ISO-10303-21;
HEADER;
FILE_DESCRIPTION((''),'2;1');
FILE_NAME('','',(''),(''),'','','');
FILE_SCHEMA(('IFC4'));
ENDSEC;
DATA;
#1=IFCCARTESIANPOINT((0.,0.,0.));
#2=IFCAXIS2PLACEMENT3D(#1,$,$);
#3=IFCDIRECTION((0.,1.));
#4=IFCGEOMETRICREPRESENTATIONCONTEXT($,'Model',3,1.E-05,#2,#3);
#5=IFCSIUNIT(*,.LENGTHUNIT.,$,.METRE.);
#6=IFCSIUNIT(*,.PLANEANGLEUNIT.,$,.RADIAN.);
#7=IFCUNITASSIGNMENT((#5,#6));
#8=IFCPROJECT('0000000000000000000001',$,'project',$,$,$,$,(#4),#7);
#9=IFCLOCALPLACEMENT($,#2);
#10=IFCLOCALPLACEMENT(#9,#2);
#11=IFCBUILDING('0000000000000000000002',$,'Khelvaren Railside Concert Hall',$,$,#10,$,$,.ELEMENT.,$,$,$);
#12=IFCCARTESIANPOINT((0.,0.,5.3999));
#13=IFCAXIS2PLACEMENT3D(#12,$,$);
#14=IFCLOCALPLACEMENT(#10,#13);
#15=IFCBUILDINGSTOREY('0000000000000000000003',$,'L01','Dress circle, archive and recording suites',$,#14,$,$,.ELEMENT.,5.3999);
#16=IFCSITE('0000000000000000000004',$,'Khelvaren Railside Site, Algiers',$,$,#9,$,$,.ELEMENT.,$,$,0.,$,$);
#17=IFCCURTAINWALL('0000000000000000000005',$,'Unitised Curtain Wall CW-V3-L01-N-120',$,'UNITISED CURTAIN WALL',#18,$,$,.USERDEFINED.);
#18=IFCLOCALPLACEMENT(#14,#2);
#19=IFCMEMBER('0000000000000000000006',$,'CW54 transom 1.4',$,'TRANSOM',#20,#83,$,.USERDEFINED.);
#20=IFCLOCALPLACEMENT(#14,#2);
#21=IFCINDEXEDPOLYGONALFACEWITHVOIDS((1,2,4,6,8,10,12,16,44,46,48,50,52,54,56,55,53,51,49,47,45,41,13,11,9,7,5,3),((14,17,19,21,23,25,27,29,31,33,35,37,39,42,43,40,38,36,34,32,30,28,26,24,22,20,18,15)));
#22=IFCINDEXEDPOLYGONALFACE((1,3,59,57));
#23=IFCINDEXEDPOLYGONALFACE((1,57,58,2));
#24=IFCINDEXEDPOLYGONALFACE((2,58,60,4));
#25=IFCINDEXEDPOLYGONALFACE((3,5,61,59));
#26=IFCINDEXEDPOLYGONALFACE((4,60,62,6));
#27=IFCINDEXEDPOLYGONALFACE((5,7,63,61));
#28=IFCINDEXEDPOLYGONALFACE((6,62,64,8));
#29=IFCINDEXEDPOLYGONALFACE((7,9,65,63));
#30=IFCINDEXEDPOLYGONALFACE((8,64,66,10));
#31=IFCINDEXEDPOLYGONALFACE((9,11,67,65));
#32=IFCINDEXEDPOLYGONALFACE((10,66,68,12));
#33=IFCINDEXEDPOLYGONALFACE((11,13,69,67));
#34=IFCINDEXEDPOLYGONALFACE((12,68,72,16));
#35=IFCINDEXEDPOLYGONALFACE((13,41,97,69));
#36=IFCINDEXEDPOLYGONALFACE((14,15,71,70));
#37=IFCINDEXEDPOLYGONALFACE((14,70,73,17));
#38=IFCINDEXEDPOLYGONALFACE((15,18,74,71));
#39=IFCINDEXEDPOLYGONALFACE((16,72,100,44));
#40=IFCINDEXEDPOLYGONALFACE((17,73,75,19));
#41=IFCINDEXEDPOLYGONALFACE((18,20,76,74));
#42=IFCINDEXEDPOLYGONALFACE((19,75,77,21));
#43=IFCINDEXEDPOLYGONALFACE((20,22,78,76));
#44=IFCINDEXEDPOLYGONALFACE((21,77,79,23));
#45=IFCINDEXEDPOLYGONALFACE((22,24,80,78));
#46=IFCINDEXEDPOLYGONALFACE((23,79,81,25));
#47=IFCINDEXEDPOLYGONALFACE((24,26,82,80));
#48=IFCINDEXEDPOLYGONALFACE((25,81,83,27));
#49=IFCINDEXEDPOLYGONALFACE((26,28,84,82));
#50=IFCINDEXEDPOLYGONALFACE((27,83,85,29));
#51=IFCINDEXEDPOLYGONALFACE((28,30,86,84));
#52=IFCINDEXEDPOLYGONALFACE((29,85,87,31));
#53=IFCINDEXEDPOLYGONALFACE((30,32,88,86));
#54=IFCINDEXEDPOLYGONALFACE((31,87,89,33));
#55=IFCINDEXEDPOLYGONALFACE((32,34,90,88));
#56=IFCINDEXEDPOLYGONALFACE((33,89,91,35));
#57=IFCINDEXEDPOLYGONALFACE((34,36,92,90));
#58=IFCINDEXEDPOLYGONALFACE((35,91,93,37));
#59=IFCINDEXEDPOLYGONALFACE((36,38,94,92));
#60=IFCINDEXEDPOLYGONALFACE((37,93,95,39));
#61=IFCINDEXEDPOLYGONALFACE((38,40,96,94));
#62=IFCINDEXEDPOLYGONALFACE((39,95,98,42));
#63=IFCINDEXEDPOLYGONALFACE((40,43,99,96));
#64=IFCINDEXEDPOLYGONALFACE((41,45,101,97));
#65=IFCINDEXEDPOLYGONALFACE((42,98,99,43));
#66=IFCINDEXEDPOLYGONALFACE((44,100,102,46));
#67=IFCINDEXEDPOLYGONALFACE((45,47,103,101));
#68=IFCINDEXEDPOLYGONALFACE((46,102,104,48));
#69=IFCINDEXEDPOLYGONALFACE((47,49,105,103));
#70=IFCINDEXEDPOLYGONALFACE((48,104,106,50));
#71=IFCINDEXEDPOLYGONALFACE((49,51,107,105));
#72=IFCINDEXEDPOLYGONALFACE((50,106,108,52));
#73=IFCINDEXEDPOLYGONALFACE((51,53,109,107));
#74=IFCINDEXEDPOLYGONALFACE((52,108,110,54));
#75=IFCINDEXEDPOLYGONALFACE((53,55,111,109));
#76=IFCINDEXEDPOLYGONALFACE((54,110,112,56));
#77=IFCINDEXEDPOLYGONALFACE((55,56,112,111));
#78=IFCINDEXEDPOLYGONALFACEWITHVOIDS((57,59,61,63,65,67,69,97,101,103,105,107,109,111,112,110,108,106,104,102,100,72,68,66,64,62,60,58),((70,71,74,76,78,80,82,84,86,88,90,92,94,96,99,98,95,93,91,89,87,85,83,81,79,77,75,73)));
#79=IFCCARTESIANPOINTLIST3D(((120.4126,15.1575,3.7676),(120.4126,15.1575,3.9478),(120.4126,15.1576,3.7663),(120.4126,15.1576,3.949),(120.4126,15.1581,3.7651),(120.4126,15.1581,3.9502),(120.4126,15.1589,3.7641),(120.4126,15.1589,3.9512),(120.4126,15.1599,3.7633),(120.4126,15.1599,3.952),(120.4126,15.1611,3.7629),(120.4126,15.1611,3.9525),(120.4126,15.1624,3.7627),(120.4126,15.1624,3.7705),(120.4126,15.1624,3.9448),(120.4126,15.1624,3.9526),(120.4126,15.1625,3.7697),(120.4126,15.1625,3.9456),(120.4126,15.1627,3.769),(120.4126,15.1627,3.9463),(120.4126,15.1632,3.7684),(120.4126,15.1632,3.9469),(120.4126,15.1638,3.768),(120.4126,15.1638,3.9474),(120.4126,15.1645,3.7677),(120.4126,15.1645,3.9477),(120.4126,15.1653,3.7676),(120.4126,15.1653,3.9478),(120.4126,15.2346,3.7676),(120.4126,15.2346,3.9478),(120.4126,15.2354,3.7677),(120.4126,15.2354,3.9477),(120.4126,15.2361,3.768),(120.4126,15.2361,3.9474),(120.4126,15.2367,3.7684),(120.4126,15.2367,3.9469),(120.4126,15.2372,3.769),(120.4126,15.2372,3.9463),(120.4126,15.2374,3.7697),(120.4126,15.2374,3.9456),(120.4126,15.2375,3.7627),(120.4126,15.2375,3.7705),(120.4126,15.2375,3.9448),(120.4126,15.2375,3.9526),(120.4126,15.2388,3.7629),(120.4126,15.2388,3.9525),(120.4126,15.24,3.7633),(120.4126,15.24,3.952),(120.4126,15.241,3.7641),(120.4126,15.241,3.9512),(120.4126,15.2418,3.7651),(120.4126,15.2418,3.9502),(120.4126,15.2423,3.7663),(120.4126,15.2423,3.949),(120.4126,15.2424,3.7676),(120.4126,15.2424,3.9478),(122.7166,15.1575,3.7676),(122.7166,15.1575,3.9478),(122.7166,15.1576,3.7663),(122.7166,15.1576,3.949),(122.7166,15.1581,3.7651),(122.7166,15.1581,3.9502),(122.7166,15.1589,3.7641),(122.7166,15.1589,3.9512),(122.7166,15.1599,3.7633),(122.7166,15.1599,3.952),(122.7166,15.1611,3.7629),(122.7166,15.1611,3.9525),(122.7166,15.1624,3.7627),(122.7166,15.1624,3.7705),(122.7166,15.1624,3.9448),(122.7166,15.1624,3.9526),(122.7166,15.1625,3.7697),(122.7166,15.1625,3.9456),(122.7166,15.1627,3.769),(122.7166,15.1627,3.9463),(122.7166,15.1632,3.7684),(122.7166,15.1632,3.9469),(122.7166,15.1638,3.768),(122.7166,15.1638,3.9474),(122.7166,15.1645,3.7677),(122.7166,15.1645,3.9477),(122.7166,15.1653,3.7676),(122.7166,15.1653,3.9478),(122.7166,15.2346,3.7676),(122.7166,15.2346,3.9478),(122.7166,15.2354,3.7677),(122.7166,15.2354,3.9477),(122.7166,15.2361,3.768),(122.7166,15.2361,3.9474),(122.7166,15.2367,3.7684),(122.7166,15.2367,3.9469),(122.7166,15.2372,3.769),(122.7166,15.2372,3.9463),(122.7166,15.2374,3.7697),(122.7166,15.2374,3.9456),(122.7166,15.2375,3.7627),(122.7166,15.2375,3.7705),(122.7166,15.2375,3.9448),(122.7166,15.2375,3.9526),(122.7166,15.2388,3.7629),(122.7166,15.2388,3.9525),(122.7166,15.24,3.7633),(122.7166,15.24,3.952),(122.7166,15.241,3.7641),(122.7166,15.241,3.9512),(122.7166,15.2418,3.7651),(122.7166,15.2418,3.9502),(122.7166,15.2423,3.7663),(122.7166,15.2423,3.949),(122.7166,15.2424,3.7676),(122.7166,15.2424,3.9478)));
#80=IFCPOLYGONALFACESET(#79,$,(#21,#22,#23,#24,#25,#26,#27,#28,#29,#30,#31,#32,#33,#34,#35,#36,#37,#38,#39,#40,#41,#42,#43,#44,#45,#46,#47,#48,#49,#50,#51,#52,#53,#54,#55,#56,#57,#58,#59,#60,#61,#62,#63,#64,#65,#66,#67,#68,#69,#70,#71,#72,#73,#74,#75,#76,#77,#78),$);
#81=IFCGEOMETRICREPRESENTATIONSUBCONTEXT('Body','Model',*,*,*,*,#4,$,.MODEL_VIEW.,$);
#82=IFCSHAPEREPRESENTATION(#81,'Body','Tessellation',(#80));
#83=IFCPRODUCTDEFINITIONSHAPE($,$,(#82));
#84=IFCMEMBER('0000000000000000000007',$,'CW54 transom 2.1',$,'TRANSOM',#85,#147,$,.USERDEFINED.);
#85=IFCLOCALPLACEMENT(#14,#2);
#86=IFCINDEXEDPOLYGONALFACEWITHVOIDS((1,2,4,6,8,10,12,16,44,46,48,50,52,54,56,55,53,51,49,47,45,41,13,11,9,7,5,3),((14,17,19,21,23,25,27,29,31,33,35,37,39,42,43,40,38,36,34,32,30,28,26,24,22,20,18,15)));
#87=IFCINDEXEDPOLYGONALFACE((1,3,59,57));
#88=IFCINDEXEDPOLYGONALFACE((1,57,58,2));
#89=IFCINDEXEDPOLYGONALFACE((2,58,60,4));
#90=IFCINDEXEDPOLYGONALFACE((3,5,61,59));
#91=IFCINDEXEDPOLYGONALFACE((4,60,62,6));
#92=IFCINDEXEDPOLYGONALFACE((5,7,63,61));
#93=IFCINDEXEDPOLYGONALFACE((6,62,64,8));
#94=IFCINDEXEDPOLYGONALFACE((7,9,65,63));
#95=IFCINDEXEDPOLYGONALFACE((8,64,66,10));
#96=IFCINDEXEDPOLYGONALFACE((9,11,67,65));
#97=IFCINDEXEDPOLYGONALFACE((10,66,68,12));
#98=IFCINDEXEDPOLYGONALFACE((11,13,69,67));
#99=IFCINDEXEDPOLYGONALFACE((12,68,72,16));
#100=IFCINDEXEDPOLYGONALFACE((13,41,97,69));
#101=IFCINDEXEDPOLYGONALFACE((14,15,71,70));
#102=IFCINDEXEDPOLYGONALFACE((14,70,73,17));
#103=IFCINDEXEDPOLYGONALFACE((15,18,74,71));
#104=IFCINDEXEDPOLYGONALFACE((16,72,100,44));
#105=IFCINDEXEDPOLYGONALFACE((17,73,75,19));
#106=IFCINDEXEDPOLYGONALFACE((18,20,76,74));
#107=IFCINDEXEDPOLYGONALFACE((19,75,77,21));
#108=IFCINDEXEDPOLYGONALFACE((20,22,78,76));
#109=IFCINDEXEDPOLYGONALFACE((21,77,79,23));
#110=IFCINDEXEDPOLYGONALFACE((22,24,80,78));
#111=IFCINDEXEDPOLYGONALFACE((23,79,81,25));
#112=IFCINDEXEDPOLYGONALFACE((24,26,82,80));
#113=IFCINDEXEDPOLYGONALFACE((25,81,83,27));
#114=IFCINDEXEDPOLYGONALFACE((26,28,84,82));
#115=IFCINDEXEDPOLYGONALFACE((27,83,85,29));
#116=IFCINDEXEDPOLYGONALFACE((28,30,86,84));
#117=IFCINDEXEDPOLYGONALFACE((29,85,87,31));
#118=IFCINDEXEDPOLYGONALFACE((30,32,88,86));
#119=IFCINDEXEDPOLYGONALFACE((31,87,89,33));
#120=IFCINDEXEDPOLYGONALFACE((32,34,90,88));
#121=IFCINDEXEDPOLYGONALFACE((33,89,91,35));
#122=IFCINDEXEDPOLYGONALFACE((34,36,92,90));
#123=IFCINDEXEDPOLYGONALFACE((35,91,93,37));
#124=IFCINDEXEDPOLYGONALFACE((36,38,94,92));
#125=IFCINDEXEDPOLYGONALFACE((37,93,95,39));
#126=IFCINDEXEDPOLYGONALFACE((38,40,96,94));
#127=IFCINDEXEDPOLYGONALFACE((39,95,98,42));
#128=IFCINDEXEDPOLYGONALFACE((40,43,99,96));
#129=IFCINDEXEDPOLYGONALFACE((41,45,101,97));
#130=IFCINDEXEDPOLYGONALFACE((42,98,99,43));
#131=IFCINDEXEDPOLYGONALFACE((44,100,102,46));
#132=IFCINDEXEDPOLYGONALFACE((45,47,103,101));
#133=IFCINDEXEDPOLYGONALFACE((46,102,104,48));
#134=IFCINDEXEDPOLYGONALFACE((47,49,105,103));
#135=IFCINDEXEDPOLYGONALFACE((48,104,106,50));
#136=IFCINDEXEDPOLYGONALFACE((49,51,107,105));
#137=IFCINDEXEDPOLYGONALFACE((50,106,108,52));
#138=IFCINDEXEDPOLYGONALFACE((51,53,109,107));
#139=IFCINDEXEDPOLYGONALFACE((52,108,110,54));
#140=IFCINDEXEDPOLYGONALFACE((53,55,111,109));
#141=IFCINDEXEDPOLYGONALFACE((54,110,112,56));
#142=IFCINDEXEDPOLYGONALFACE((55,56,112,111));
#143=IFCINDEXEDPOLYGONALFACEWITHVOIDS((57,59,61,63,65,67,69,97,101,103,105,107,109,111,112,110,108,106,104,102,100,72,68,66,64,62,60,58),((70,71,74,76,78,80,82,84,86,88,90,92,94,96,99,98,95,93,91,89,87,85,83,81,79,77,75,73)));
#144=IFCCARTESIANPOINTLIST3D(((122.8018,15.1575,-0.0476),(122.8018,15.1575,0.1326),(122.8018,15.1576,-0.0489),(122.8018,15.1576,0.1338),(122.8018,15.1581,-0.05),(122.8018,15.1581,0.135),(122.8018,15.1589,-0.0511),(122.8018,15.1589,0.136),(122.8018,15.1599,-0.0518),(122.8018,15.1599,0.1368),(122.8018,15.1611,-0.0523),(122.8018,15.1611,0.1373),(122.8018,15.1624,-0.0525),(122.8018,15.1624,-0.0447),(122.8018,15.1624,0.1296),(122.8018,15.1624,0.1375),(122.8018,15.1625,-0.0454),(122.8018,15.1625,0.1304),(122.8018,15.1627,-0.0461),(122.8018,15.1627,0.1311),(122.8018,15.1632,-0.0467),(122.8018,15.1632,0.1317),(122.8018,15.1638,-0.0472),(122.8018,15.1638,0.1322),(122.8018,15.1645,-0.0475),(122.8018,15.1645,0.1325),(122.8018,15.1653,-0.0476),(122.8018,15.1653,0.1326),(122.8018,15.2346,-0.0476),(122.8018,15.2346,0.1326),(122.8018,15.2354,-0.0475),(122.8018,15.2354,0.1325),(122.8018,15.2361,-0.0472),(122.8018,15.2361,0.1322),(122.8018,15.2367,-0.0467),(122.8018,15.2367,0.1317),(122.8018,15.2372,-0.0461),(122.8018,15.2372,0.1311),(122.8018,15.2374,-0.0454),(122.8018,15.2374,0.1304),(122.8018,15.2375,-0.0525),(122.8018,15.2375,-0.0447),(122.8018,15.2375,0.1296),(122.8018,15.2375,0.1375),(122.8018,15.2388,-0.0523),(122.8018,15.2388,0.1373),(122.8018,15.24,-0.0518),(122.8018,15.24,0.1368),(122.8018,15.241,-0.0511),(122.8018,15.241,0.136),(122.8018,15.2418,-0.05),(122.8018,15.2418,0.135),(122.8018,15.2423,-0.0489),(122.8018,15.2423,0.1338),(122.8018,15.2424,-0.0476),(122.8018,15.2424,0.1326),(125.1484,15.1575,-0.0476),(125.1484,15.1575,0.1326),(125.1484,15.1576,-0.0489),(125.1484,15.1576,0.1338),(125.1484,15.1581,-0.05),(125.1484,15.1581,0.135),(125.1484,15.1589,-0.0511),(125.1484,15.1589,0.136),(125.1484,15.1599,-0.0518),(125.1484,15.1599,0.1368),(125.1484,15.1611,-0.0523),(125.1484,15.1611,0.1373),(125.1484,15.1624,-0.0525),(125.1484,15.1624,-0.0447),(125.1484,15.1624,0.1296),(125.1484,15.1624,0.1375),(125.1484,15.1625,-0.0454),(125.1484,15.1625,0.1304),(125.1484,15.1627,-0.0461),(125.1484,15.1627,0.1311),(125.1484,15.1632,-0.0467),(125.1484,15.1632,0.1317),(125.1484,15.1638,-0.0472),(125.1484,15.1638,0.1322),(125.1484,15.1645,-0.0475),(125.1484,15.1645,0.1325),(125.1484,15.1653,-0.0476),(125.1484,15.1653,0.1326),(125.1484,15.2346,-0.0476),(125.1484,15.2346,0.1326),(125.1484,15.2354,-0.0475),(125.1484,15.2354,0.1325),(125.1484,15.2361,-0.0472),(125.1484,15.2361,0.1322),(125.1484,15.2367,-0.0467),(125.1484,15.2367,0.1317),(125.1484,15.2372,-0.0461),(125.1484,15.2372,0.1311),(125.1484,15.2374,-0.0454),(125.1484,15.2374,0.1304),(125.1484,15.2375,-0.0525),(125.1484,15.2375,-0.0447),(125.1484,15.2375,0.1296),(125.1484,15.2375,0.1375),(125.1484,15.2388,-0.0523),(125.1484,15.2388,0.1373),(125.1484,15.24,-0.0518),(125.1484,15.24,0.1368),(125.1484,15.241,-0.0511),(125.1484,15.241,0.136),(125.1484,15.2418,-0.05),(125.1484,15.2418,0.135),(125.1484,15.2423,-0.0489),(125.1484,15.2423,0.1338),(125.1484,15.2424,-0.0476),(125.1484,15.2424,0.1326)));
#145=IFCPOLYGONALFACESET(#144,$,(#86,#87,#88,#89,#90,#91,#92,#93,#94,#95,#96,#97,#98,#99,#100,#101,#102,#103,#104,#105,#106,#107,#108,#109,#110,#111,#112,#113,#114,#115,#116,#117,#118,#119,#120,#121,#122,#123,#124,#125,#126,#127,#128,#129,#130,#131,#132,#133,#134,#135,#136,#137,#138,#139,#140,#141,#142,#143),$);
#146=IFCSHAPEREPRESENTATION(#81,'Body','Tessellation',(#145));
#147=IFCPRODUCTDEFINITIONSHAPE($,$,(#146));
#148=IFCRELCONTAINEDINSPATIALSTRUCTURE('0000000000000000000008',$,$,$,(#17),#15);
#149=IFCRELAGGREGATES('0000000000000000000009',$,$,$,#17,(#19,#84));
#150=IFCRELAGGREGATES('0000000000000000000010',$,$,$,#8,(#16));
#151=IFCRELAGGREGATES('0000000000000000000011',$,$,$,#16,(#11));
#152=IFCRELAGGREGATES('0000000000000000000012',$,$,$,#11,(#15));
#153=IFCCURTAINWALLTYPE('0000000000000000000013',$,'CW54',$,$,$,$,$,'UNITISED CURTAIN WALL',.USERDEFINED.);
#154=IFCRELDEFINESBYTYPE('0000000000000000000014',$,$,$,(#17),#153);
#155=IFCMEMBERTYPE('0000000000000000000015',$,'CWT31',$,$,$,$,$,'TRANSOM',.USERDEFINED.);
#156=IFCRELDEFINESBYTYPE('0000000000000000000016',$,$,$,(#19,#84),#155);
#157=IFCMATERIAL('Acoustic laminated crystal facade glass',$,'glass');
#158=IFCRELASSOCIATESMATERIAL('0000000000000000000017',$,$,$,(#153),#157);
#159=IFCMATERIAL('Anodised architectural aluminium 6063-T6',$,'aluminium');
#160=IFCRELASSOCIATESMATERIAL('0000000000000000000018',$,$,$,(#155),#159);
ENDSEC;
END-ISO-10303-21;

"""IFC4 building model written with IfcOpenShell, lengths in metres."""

from ifc_helpers import new_model, si_unit, direction, frame, origin, origin_2d, place, context, subcontext, project, spatial, hollow_rectangle, extrude, material, material_profile, profile_set, type_object, element, aggregate, save


model = new_model("IFC4")

# Units and contexts
model_context = context("Model", 3, precision=1e-05, world=origin(), true_north=direction((0.0, 1.0)))
body_context = subcontext(model_context, "Body", "Model", "MODEL_VIEW")
ifc_project = project(units=[si_unit("LENGTHUNIT", "METRE"), si_unit("PLANEANGLEUNIT", "RADIAN")], contexts=[model_context])

# Site, building, storey
site_placement = place(None, origin())
site = spatial("IfcSite", under=ifc_project, at=site_placement, Name="Khelvaren Railside Site, Algiers", CompositionType="ELEMENT", RefElevation=0.0)
building_placement = place(site_placement, origin())
building = spatial("IfcBuilding", under=site, at=building_placement, Name="Khelvaren Railside Concert Hall", CompositionType="ELEMENT")
storey_placement = place(building_placement, frame((0.0, 0.0, 5.3999)))
storey = spatial("IfcBuildingStorey", under=building, at=storey_placement, Name="L01", Description="Dress circle, archive and recording suites", CompositionType="ELEMENT", Elevation=5.3999)

# Curtain wall, members
ifc_material_1 = material(Name="Acoustic laminated crystal facade glass", Category="glass")
curtain_wall_type = type_object("IfcCurtainWallType", Name="CW54", ElementType="UNITISED CURTAIN WALL", PredefinedType="USERDEFINED", material=ifc_material_1)
curtain_wall_placement = place(storey_placement, origin())
curtain_wall = element("IfcCurtainWall", 1, at=curtain_wall_placement, inside=storey, type_object=curtain_wall_type, Name="Unitised Curtain Wall CW-V3-L01-N-120", ObjectType="UNITISED CURTAIN WALL", PredefinedType="USERDEFINED")
ifc_material_2 = material(Name="Anodised architectural aluminium 6063-T6", Category="aluminium")
ifc_material_profile_1 = material_profile(ifc_material_2, hollow_rectangle(XDim=0.085, YDim=0.1899, WallThickness=0.0049, InnerFilletRadius=0.0029, OuterFilletRadius=0.0049, at=origin_2d()), Name="CWT 85x190x5")
ifc_profile_set_1 = profile_set([ifc_material_profile_1], Name="Anodised architectural aluminium 6063-T6")
member_type_1 = type_object("IfcMemberType", Name="CWT31", ElementType="TRANSOM", PredefinedType="USERDEFINED", material=ifc_profile_set_1)
member_1_placement = place(storey_placement, frame((120.4126, 15.2, 3.8577), z_axis=(1.0, 0.0, 0.0), x_axis=(0.0, 1.0, 0.0)))
member_1 = element("IfcMember", 2, at=member_1_placement, type_object=member_type_1, Name="CW54 transom 1.4", ObjectType="TRANSOM", PredefinedType="USERDEFINED", context=body_context, shape_type="SweptSolid", body=[
    extrude(hollow_rectangle(XDim=0.085, YDim=0.1899, WallThickness=0.0049, InnerFilletRadius=0.0029, OuterFilletRadius=0.0049, at=origin_2d()), origin(), (0.0, 0.0, 1.0), 2.304),
])
member_2_placement = place(storey_placement, frame((122.8018, 15.2, 0.0425), z_axis=(1.0, 0.0, 0.0), x_axis=(0.0, 1.0, 0.0)))
member_2 = element("IfcMember", 3, at=member_2_placement, type_object=member_type_1, Name="CW54 transom 2.1", ObjectType="TRANSOM", PredefinedType="USERDEFINED", context=body_context, shape_type="SweptSolid", body=[
    extrude(hollow_rectangle(XDim=0.085, YDim=0.1899, WallThickness=0.0049, InnerFilletRadius=0.0029, OuterFilletRadius=0.0049, at=origin_2d()), origin(), (0.0, 0.0, 1.0), 2.3467),
])

aggregate(curtain_wall, [member_1, member_2])

save(model, "model.ifc")
